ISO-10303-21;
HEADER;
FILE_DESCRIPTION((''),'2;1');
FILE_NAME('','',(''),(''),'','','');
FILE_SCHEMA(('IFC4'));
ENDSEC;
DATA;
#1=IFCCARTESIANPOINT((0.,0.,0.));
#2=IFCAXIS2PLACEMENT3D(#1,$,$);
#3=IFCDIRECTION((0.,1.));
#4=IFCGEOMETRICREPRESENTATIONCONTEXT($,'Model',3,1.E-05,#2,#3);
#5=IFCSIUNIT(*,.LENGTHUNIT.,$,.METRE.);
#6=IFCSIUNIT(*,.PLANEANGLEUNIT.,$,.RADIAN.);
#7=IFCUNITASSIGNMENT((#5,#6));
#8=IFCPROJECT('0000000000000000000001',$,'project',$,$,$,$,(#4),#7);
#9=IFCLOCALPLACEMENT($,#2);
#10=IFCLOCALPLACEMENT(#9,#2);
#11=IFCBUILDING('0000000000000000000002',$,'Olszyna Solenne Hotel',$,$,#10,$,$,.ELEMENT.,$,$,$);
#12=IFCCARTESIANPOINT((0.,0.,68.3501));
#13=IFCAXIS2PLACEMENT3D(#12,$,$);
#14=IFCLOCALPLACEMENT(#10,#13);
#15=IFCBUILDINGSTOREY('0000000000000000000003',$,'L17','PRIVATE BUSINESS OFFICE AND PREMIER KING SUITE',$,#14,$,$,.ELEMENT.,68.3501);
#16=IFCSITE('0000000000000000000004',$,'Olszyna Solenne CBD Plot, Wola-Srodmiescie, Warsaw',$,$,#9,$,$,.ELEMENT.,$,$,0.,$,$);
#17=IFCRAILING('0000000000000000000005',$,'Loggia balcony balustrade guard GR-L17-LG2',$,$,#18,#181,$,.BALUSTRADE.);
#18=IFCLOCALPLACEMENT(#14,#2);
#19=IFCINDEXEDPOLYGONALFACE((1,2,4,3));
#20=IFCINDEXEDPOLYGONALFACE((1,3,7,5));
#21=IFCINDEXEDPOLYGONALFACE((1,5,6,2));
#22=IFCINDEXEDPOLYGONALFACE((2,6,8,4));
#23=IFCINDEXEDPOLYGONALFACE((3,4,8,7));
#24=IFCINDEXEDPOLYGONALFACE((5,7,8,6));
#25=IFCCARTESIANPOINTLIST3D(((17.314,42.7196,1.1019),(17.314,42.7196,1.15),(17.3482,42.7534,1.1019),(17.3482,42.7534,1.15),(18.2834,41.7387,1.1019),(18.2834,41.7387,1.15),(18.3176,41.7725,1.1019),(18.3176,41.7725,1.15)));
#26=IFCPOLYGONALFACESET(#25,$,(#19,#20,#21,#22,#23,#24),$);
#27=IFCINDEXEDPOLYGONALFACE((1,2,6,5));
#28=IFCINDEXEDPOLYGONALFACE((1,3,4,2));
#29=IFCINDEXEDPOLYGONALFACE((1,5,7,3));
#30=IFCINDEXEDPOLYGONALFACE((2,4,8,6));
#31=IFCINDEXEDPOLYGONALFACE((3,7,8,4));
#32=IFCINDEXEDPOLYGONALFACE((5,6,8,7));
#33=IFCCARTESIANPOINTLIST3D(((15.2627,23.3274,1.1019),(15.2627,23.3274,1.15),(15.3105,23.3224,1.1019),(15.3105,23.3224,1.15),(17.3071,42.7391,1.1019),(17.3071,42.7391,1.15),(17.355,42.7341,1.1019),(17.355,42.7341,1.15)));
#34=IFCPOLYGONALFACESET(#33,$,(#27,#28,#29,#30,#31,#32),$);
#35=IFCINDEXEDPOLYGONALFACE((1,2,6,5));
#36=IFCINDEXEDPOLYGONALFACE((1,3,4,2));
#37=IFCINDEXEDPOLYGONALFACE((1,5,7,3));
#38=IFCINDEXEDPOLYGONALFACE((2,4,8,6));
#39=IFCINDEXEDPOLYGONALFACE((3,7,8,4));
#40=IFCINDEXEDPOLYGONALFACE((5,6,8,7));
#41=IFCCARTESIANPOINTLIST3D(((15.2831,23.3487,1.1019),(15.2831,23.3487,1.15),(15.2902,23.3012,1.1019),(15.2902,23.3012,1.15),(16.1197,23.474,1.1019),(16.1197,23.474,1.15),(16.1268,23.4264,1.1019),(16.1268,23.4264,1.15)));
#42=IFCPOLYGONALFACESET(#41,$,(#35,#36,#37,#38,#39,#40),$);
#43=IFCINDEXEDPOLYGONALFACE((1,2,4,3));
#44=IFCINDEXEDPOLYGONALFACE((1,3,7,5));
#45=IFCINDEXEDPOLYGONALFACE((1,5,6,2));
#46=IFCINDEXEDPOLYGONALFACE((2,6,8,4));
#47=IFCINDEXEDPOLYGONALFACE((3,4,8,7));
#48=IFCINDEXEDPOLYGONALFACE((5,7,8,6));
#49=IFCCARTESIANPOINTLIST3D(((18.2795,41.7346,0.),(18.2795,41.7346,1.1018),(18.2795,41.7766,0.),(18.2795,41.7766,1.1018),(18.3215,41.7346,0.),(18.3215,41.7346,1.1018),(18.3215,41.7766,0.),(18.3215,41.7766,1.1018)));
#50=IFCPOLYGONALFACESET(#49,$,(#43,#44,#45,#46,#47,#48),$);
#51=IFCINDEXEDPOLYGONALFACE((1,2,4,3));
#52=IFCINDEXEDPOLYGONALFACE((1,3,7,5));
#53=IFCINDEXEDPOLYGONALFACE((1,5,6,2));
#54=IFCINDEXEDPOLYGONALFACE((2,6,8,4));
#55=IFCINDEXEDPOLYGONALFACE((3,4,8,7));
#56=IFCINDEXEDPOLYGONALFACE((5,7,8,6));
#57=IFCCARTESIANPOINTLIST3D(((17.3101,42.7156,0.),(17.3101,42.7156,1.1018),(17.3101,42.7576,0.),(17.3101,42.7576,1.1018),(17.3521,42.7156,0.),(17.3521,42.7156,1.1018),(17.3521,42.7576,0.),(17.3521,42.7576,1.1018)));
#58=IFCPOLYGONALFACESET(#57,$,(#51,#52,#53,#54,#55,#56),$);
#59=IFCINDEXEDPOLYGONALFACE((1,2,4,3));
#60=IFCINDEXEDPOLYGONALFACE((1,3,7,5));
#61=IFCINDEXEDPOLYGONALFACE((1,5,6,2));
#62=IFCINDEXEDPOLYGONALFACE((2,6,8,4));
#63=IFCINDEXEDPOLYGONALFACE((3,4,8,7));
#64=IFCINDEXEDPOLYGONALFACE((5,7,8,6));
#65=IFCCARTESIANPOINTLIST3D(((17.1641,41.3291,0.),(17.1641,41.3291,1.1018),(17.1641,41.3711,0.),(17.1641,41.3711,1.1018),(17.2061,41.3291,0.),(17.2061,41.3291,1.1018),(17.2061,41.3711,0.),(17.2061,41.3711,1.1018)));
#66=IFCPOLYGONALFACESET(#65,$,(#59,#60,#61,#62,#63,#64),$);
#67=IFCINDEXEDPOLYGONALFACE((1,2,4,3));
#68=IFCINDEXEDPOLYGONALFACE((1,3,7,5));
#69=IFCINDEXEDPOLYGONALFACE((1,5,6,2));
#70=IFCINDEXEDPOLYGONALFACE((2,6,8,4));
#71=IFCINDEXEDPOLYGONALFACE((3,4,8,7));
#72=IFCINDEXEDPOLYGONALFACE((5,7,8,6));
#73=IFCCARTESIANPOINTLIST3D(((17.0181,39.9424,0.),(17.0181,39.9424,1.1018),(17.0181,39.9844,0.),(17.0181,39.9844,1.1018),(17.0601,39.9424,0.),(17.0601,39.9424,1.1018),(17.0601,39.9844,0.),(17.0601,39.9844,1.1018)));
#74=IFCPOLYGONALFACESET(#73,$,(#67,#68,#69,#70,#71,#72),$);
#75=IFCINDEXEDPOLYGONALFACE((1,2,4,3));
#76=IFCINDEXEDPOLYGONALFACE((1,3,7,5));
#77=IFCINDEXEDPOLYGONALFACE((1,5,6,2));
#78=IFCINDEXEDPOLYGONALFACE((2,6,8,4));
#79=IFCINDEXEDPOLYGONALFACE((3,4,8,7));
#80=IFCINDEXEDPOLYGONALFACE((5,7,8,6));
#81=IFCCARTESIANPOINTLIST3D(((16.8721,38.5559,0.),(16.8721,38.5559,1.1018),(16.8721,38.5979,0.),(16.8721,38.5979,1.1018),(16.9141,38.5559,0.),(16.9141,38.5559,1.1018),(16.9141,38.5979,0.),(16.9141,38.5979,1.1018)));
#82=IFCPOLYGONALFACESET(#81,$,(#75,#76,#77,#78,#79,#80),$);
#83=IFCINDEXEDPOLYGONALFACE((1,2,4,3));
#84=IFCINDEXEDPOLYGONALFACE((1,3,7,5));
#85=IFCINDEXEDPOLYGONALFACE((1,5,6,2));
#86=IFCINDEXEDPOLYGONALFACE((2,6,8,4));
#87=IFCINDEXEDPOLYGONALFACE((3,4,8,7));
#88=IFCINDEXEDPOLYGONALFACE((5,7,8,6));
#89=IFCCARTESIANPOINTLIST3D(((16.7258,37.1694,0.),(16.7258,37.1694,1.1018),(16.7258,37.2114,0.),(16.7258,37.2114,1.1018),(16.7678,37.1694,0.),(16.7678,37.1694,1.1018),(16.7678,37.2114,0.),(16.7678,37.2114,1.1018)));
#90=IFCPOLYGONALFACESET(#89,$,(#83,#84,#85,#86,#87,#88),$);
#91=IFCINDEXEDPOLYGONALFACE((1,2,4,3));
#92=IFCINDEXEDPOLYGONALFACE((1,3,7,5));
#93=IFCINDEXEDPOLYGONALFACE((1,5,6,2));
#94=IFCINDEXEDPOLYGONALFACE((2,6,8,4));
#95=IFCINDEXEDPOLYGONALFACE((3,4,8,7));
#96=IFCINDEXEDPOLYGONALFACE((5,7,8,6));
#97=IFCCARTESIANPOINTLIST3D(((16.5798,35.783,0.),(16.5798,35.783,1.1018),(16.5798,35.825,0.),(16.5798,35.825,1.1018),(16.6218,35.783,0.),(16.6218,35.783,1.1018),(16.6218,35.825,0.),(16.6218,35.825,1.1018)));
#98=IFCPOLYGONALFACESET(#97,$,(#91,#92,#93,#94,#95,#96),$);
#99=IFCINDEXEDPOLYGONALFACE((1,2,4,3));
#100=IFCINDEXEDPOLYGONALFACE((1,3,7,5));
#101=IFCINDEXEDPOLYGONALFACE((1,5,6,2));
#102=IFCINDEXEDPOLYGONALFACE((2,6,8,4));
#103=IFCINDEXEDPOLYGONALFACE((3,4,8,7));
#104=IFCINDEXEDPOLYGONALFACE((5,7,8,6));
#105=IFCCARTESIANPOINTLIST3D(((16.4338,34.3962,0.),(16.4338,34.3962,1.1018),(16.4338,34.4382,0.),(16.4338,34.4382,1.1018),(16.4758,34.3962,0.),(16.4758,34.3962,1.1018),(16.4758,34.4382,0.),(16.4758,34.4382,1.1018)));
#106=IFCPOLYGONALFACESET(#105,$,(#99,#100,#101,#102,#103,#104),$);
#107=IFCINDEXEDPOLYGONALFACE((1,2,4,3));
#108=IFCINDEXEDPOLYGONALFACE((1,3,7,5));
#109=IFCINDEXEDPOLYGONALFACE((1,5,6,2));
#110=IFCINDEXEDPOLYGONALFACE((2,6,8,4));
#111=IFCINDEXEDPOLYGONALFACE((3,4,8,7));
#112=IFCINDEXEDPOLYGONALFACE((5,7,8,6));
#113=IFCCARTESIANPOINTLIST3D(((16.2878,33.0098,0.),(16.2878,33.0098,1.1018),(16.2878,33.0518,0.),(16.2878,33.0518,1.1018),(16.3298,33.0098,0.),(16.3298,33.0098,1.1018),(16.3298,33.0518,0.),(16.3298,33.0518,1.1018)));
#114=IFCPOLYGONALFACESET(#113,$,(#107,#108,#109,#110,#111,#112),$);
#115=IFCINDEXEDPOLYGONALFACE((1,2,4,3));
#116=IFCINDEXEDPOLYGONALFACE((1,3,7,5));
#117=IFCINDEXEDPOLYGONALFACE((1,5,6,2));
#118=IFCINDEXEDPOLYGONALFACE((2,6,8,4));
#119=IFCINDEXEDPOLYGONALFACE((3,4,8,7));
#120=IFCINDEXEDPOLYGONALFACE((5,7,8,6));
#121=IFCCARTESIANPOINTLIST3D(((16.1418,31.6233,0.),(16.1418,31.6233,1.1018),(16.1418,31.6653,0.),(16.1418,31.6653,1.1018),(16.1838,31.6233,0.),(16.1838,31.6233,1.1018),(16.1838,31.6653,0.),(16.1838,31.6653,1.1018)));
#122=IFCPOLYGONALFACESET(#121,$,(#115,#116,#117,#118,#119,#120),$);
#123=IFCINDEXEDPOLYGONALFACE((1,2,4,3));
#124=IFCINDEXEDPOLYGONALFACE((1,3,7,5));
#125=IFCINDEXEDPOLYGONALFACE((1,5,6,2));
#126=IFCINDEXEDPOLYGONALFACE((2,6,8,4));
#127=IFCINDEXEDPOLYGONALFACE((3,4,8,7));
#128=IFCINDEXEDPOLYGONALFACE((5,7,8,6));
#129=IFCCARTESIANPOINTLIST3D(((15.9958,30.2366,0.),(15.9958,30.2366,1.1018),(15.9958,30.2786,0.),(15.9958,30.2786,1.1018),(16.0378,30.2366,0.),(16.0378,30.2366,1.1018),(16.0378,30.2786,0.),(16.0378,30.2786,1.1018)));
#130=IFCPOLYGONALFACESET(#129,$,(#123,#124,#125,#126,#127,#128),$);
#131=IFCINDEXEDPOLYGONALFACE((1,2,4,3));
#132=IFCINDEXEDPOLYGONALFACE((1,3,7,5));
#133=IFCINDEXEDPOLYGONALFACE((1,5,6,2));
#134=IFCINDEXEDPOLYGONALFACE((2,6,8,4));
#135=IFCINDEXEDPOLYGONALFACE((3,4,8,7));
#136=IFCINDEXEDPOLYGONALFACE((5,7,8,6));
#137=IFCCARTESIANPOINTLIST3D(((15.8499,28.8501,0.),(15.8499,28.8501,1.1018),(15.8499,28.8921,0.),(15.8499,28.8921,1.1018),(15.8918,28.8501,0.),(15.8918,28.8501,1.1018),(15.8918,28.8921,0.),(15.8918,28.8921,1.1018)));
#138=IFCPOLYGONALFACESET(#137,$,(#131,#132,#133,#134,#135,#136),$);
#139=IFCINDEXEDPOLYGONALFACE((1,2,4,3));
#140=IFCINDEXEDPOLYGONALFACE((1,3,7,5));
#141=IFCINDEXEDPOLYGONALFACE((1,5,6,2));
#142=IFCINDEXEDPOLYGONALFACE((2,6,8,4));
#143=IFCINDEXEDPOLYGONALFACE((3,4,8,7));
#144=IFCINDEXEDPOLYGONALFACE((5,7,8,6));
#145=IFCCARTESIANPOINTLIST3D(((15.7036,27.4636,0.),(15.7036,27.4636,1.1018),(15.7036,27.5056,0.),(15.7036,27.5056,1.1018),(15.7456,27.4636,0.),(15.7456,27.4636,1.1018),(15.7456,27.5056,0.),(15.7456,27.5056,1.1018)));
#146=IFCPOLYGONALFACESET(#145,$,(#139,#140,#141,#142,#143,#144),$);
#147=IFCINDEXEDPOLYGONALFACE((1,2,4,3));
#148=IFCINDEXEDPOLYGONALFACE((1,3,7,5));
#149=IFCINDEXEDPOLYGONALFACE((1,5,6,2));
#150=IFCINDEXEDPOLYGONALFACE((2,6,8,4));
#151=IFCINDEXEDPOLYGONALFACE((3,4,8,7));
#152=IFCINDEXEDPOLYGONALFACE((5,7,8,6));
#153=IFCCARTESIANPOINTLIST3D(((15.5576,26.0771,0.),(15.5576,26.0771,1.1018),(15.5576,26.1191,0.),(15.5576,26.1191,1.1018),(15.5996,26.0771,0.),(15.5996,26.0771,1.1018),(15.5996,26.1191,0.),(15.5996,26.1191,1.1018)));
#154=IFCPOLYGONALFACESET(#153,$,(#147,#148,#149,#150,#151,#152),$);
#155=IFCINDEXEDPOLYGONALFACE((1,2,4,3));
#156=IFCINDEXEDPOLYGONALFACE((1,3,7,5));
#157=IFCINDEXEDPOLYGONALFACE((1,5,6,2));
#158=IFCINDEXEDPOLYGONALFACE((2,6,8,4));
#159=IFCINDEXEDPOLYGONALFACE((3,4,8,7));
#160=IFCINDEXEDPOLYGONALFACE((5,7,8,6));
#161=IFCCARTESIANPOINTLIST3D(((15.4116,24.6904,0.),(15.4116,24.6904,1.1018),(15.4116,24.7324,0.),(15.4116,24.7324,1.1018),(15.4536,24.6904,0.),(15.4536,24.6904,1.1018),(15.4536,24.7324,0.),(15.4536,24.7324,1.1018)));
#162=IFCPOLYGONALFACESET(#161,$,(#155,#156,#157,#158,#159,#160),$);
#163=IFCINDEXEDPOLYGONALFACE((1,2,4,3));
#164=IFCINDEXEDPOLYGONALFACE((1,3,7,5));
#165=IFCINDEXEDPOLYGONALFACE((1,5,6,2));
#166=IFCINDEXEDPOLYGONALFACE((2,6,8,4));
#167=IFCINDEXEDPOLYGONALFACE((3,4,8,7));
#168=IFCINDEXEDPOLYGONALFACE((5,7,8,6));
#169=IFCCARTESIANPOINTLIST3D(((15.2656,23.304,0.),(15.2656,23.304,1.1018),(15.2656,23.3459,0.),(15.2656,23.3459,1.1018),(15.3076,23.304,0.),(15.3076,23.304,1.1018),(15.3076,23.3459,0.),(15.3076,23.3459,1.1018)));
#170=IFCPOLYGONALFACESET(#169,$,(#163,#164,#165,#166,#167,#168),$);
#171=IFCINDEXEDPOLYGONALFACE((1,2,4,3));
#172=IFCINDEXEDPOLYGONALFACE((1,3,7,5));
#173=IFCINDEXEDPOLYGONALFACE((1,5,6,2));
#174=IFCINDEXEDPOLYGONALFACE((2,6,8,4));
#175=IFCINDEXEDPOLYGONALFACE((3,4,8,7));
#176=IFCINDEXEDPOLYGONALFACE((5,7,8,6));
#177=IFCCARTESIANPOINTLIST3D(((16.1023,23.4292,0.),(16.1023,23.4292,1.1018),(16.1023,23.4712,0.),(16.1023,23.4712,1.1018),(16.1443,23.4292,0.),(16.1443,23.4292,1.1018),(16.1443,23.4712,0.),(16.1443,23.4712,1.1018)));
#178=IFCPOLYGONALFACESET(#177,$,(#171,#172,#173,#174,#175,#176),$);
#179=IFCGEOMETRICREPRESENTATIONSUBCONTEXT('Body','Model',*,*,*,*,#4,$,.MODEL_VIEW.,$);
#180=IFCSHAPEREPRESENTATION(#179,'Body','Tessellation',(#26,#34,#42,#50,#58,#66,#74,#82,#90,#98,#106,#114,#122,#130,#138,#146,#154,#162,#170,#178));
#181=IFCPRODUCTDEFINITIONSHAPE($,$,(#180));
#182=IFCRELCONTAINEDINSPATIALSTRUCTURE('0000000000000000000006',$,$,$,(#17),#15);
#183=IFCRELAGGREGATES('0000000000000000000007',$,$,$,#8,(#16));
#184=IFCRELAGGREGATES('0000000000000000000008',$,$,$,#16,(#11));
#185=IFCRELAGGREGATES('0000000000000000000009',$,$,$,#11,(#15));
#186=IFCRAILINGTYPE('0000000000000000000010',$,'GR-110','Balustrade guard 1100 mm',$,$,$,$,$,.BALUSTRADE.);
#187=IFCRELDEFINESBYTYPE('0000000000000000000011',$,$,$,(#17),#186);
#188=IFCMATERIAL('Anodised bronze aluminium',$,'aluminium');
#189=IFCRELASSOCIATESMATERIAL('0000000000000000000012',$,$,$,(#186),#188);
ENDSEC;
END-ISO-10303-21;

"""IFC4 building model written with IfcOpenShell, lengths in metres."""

from ifc_helpers import new_model, si_unit, direction, frame, origin, origin_2d, place, context, subcontext, project, spatial, rectangle, extrude, material, type_object, element, save


model = new_model("IFC4")

# Units and contexts
model_context = context("Model", 3, precision=1e-05, world=origin(), true_north=direction((0.0, 1.0)))
body_context = subcontext(model_context, "Body", "Model", "MODEL_VIEW")
ifc_project = project(units=[si_unit("LENGTHUNIT", "METRE"), si_unit("PLANEANGLEUNIT", "RADIAN")], contexts=[model_context])

# Site, building, storey
site_placement = place(None, origin())
site = spatial("IfcSite", under=ifc_project, at=site_placement, Name="Olszyna Solenne CBD Plot, Wola-Srodmiescie, Warsaw", CompositionType="ELEMENT", RefElevation=0.0)
building_placement = place(site_placement, origin())
building = spatial("IfcBuilding", under=site, at=building_placement, Name="Olszyna Solenne Hotel", CompositionType="ELEMENT")
storey_placement = place(building_placement, frame((0.0, 0.0, 68.3501)))
storey = spatial("IfcBuildingStorey", under=building, at=storey_placement, Name="L17", Description="PRIVATE BUSINESS OFFICE AND PREMIER KING SUITE", CompositionType="ELEMENT", Elevation=68.3501)

# Shared definitions
ifc_material_1 = material(Name="Anodised bronze aluminium", Category="aluminium")

# Railing
railing_type = type_object("IfcRailingType", Name="GR-110", Description="Balustrade guard 1100 mm", PredefinedType="BALUSTRADE", material=ifc_material_1)
railing_placement = place(storey_placement, frame((18.3005, 41.7556, 0.0)))
element("IfcRailing", 1, at=railing_placement, inside=storey, type_object=railing_type, Name="Loggia balcony balustrade guard GR-L17-LG2", PredefinedType="BALUSTRADE", context=body_context, shape_type="SweptSolid", body=[
    extrude(rectangle(XDim=0.0481, YDim=0.0481, at=origin_2d()), frame((0.0, 0.0, 1.126), z_axis=(-0.702935, 0.711254, 0.0), x_axis=(-0.711254, -0.702935, 0.0)), (0.0, 0.0, 1.0), 1.3792),
    extrude(rectangle(XDim=0.0481, YDim=0.0481, at=origin_2d()), frame((-0.9695, 0.981, 1.126), z_axis=(-0.104741, -0.9945, 0.0), x_axis=(0.9945, -0.104741, 0.0)), (0.0, 0.0, 1.0), 19.519),
    extrude(rectangle(XDim=0.0481, YDim=0.0481, at=origin_2d()), frame((-3.0139, -18.4307, 1.126), z_axis=(0.988981, 0.148044, 0.0), x_axis=(-0.148044, 0.988981, 0.0)), (0.0, 0.0, 1.0), 0.8459),
    extrude(rectangle(XDim=0.042, YDim=0.042, at=origin_2d()), origin(), (0.0, 0.0, 1.0), 1.1018),
    extrude(rectangle(XDim=0.042, YDim=0.042, at=origin_2d()), frame((-0.9695, 0.981, 0.0)), (0.0, 0.0, 1.0), 1.1018),
    extrude(rectangle(XDim=0.042, YDim=0.042, at=origin_2d()), frame((-1.1155, -0.4055, 0.0)), (0.0, 0.0, 1.0), 1.1018),
    extrude(rectangle(XDim=0.042, YDim=0.042, at=origin_2d()), frame((-1.2615, -1.7922, 0.0)), (0.0, 0.0, 1.0), 1.1018),
    extrude(rectangle(XDim=0.042, YDim=0.042, at=origin_2d()), frame((-1.4075, -3.1787, 0.0)), (0.0, 0.0, 1.0), 1.1018),
    extrude(rectangle(XDim=0.042, YDim=0.042, at=origin_2d()), frame((-1.5537, -4.5652, 0.0)), (0.0, 0.0, 1.0), 1.1018),
    extrude(rectangle(XDim=0.042, YDim=0.042, at=origin_2d()), frame((-1.6997, -5.9517, 0.0)), (0.0, 0.0, 1.0), 1.1018),
    extrude(rectangle(XDim=0.042, YDim=0.042, at=origin_2d()), frame((-1.8457, -7.3384, 0.0)), (0.0, 0.0, 1.0), 1.1018),
    extrude(rectangle(XDim=0.042, YDim=0.042, at=origin_2d()), frame((-1.9917, -8.7249, 0.0)), (0.0, 0.0, 1.0), 1.1018),
    extrude(rectangle(XDim=0.042, YDim=0.042, at=origin_2d()), frame((-2.1377, -10.1113, 0.0)), (0.0, 0.0, 1.0), 1.1018),
    extrude(rectangle(XDim=0.042, YDim=0.042, at=origin_2d()), frame((-2.2837, -11.498, 0.0)), (0.0, 0.0, 1.0), 1.1018),
    extrude(rectangle(XDim=0.042, YDim=0.042, at=origin_2d()), frame((-2.4297, -12.8845, 0.0)), (0.0, 0.0, 1.0), 1.1018),
    extrude(rectangle(XDim=0.042, YDim=0.042, at=origin_2d()), frame((-2.5759, -14.271, 0.0)), (0.0, 0.0, 1.0), 1.1018),
    extrude(rectangle(XDim=0.042, YDim=0.042, at=origin_2d()), frame((-2.7219, -15.6575, 0.0)), (0.0, 0.0, 1.0), 1.1018),
    extrude(rectangle(XDim=0.042, YDim=0.042, at=origin_2d()), frame((-2.8679, -17.0442, 0.0)), (0.0, 0.0, 1.0), 1.1018),
    extrude(rectangle(XDim=0.042, YDim=0.042, at=origin_2d()), frame((-3.0139, -18.4307, 0.0)), (0.0, 0.0, 1.0), 1.1018),
    extrude(rectangle(XDim=0.042, YDim=0.042, at=origin_2d()), frame((-2.1772, -18.3054, 0.0)), (0.0, 0.0, 1.0), 1.1018),
])

save(model, "model.ifc")
